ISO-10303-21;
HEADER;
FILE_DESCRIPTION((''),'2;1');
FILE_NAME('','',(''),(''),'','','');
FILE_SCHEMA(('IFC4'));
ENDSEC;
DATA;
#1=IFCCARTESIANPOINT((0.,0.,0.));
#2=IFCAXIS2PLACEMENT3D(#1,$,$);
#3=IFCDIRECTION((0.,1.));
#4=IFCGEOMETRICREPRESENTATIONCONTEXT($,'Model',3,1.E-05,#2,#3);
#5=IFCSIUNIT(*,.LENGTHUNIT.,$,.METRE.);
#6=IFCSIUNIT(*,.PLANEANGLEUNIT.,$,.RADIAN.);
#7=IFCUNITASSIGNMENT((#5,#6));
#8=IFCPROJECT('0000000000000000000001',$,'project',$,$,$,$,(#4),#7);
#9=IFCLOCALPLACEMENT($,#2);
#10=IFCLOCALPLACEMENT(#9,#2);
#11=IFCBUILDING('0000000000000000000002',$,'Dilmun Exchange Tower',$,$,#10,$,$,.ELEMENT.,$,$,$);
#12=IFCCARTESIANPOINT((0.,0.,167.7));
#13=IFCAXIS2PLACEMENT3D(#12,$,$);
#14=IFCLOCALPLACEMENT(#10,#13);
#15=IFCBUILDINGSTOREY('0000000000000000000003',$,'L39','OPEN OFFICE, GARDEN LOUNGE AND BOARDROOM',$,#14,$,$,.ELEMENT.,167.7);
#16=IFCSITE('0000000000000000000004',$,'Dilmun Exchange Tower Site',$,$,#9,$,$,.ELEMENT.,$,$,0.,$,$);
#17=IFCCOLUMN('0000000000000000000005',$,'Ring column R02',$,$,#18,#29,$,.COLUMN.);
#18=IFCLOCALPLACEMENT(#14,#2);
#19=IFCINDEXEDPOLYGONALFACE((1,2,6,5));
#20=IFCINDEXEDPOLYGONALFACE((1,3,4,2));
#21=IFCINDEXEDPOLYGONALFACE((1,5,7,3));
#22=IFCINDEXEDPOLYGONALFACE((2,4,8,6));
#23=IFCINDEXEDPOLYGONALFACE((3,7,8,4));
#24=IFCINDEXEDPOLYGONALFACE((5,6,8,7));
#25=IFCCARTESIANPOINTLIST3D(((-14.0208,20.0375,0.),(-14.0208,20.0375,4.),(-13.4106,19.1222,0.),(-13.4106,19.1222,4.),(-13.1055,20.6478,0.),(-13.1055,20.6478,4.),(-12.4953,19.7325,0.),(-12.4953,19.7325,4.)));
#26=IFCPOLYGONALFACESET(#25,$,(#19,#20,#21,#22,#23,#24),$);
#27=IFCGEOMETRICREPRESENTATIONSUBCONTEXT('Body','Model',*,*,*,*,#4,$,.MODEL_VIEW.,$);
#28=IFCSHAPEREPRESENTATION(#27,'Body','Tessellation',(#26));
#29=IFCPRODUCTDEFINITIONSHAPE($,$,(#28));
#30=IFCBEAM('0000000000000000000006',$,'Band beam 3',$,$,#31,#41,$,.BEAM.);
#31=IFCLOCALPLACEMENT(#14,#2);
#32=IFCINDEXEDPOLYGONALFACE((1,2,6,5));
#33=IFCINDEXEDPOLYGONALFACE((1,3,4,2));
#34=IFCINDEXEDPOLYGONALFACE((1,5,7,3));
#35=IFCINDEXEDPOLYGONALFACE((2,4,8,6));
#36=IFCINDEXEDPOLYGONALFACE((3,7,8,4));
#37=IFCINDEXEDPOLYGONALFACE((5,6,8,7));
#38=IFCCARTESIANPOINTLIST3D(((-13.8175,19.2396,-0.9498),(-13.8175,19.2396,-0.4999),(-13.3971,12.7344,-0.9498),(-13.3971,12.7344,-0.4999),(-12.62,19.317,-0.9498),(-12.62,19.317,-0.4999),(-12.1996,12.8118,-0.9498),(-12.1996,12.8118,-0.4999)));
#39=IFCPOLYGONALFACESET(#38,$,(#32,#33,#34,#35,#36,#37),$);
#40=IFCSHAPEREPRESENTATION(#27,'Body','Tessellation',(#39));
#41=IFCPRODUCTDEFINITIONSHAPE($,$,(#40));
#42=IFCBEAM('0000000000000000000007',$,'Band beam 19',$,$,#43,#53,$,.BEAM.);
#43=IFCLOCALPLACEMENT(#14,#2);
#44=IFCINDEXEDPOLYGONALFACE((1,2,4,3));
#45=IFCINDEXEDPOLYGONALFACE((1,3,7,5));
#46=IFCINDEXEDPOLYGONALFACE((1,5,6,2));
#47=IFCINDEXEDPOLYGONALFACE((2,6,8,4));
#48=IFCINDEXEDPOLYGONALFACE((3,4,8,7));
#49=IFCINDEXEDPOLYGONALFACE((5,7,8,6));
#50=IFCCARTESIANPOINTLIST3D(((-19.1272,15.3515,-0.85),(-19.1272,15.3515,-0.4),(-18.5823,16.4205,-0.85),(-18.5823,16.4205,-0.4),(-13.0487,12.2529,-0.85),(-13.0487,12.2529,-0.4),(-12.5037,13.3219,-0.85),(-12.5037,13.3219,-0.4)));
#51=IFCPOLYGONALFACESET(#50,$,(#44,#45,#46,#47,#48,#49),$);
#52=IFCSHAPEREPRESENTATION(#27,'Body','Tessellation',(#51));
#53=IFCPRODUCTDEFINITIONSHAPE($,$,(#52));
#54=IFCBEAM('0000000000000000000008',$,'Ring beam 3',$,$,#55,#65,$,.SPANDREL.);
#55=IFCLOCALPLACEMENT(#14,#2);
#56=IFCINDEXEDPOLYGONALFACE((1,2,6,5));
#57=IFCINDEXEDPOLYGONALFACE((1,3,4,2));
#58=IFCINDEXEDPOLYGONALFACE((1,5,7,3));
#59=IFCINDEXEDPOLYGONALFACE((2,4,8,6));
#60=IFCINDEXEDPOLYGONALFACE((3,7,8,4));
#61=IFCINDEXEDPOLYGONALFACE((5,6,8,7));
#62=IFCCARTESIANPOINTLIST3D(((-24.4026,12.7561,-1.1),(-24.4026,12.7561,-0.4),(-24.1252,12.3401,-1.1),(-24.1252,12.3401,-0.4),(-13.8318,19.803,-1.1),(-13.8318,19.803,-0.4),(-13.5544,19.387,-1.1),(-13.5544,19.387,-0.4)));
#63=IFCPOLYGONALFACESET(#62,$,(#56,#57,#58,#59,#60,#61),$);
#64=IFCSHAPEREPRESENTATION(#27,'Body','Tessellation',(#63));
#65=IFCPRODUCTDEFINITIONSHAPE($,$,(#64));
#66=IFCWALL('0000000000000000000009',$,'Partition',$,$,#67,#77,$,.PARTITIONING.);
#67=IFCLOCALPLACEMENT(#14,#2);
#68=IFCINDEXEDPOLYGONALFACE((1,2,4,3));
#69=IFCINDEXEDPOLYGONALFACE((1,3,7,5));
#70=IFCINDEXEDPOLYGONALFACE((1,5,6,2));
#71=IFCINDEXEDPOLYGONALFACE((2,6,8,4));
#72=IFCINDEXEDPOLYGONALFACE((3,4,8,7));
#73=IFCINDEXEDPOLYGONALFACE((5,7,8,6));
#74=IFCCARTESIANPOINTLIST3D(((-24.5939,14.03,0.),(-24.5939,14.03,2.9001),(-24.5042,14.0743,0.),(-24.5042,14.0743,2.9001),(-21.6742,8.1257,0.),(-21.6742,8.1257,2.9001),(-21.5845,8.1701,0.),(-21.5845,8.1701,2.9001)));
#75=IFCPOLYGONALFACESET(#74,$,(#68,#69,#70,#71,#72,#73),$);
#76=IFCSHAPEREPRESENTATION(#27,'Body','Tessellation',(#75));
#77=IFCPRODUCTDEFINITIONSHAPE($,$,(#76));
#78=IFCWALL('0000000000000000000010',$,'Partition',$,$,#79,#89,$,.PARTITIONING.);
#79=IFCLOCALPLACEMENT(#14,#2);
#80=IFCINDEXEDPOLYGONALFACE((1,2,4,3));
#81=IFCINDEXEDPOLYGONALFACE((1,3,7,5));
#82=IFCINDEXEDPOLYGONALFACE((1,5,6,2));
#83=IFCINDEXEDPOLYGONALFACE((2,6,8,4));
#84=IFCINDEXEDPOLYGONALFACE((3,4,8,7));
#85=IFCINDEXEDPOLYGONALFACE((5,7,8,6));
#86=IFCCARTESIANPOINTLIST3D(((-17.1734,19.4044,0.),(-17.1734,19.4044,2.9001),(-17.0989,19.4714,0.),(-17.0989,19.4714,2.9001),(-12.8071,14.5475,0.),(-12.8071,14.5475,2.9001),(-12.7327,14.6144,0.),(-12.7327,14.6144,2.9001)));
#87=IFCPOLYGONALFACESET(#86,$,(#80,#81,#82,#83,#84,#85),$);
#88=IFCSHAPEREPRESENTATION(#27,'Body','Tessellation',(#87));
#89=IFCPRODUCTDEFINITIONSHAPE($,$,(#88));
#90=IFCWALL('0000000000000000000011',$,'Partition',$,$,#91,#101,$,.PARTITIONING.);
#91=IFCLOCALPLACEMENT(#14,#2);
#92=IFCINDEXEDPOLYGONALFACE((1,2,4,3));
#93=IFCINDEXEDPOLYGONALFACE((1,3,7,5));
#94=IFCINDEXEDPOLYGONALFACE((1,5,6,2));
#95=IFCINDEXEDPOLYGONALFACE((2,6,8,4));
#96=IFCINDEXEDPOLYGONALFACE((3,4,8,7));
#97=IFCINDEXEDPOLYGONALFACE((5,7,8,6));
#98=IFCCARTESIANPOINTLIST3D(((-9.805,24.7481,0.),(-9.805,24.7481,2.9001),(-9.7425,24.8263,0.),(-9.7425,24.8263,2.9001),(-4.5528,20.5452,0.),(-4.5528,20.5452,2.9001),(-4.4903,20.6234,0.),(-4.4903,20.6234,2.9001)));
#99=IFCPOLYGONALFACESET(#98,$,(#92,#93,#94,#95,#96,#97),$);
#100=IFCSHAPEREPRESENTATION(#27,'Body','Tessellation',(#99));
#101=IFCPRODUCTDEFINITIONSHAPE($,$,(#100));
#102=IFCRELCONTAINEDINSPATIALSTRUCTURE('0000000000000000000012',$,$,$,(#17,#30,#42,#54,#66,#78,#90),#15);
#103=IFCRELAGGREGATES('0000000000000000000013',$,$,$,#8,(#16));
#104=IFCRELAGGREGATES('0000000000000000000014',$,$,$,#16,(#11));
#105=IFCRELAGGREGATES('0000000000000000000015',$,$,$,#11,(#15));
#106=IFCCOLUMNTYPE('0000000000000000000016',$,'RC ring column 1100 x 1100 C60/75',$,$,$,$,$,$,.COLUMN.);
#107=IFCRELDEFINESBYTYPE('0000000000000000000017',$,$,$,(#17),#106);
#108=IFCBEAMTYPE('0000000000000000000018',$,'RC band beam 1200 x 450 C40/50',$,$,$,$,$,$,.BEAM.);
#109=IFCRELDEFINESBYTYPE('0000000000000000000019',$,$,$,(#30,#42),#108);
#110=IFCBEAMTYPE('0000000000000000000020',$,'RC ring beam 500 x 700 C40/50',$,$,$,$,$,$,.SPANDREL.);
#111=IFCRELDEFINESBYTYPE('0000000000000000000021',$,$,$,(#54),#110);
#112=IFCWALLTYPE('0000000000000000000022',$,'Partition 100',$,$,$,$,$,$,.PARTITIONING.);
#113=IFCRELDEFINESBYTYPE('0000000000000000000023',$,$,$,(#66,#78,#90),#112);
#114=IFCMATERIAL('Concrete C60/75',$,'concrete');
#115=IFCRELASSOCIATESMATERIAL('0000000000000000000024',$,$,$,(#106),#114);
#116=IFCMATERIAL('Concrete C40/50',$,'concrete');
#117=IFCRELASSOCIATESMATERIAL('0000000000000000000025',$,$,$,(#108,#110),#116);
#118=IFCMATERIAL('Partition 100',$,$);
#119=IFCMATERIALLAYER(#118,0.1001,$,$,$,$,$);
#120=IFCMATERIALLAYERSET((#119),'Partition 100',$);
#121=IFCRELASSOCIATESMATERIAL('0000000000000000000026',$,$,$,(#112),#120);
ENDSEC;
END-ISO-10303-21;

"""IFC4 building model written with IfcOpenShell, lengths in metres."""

from ifc_helpers import new_model, si_unit, direction, frame, frame_2d, origin, origin_2d, place, context, subcontext, project, spatial, rectangle, extrude, material, layer, layer_set, material_profile, profile_set, type_object, element, save


model = new_model("IFC4")

# Units and contexts
model_context = context("Model", 3, precision=1e-05, world=origin(), true_north=direction((0.0, 1.0)))
body_context = subcontext(model_context, "Body", "Model", "MODEL_VIEW")
ifc_project = project(units=[si_unit("LENGTHUNIT", "METRE"), si_unit("PLANEANGLEUNIT", "RADIAN")], contexts=[model_context])

# Site, building, storey
site_placement = place(None, origin())
site = spatial("IfcSite", under=ifc_project, at=site_placement, Name="Dilmun Exchange Tower Site", CompositionType="ELEMENT", RefElevation=0.0)
building_placement = place(site_placement, origin())
building = spatial("IfcBuilding", under=site, at=building_placement, Name="Dilmun Exchange Tower", CompositionType="ELEMENT")
storey_placement = place(building_placement, frame((0.0, 0.0, 167.7)))
storey = spatial("IfcBuildingStorey", under=building, at=storey_placement, Name="L39", Description="OPEN OFFICE, GARDEN LOUNGE AND BOARDROOM", CompositionType="ELEMENT", Elevation=167.7)

# Column
ifc_material_1 = material(Name="Concrete C60/75", Category="concrete")
ifc_material_profile_1 = material_profile(ifc_material_1, rectangle(XDim=1.1001, YDim=1.1001, at=origin_2d()), Name="1100 x 1100")
ifc_profile_set_1 = profile_set([ifc_material_profile_1], Name="Concrete C60/75")
column_type = type_object("IfcColumnType", Name="RC ring column 1100 x 1100 C60/75", PredefinedType="COLUMN", material=ifc_profile_set_1)
column_placement = place(storey_placement, frame((-13.2581, 19.885, 0.0), z_axis=(0.0, 0.0, 1.0), x_axis=(0.832029, 0.554733, 0.0)))
element("IfcColumn", 1, at=column_placement, inside=storey, type_object=column_type, Name="Ring column R02", PredefinedType="COLUMN", context=body_context, shape_type="SweptSolid", body=[
    extrude(rectangle(XDim=1.1001, YDim=1.1001, at=origin_2d()), origin(), (0.0, 0.0, 1.0), 4.0),
])

# Beams
ifc_material_2 = material(Name="Concrete C40/50", Category="concrete")
ifc_material_profile_2 = material_profile(ifc_material_2, rectangle(XDim=1.2, YDim=0.45, at=origin_2d()), Name="1200 x 450")
ifc_profile_set_2 = profile_set([ifc_material_profile_2], Name="Concrete C40/50")
beam_type_1 = type_object("IfcBeamType", Name="RC band beam 1200 x 450 C40/50", PredefinedType="BEAM", material=ifc_profile_set_2)
beam_1_placement = place(storey_placement, frame((-13.2188, 19.2783, -0.7249), z_axis=(0.064493, -0.997918, 0.0), x_axis=(0.997918, 0.064493, 0.0)))
element("IfcBeam", 2, at=beam_1_placement, inside=storey, type_object=beam_type_1, Name="Band beam 3", PredefinedType="BEAM", context=body_context, shape_type="SweptSolid", body=[
    extrude(rectangle(XDim=1.2, YDim=0.45, at=origin_2d()), origin(), (0.0, 0.0, 1.0), 6.5188),
])
beam_2_placement = place(storey_placement, frame((-18.8547, 15.886, -0.625), z_axis=(0.890922, -0.454156, 0.0), x_axis=(0.454156, 0.890922, 0.0)))
element("IfcBeam", 3, at=beam_2_placement, inside=storey, type_object=beam_type_1, Name="Band beam 19", PredefinedType="BEAM", context=body_context, shape_type="SweptSolid", body=[
    extrude(rectangle(XDim=1.2, YDim=0.45, at=origin_2d()), origin(), (0.0, 0.0, 1.0), 6.8228),
])
ifc_material_profile_3 = material_profile(ifc_material_2, rectangle(XDim=0.5, YDim=0.7, at=origin_2d()), Name="500 x 700")
ifc_profile_set_3 = profile_set([ifc_material_profile_3], Name="Concrete C40/50")
beam_type_2 = type_object("IfcBeamType", Name="RC ring beam 500 x 700 C40/50", PredefinedType="SPANDREL", material=ifc_profile_set_3)
beam_3_placement = place(storey_placement, frame((-13.6931, 19.595, -0.75), z_axis=(-0.832062, -0.554682, 0.0), x_axis=(0.554682, -0.832062, 0.0)))
element("IfcBeam", 4, at=beam_3_placement, inside=storey, type_object=beam_type_2, Name="Ring beam 3", PredefinedType="SPANDREL", context=body_context, shape_type="SweptSolid", body=[
    extrude(rectangle(XDim=0.5, YDim=0.7, at=origin_2d()), origin(), (0.0, 0.0, 1.0), 12.7043),
])

# Walls
ifc_material_3 = material(Name="Partition 100")
ifc_layer_1 = layer(ifc_material_3, 0.1001)
ifc_layer_set_1 = layer_set([ifc_layer_1], Name="Partition 100")
wall_type_1 = type_object("IfcWallType", Name="Partition 100", PredefinedType="PARTITIONING", material=ifc_layer_set_1)
wall_1_placement = place(storey_placement, frame((-24.5491, 14.0522, 0.0), z_axis=(0.0, 0.0, 1.0), x_axis=(0.443265, -0.89639, 0.0)))
element("IfcWall", 5, at=wall_1_placement, inside=storey, type_object=wall_type_1, Name="Partition", PredefinedType="PARTITIONING", context=body_context, shape_type="SweptSolid", body=[
    extrude(rectangle(XDim=6.5867, YDim=0.1001, at=frame_2d((3.2935, 0.0))), origin(), (0.0, 0.0, 1.0), 2.9001),
])
wall_2_placement = place(storey_placement, frame((-17.1362, 19.438, 0.0), z_axis=(0.0, 0.0, 1.0), x_axis=(0.668539, -0.743677, 0.0)))
element("IfcWall", 6, at=wall_2_placement, inside=storey, type_object=wall_type_1, Name="Partition", PredefinedType="PARTITIONING", context=body_context, shape_type="SweptSolid", body=[
    extrude(rectangle(XDim=6.531, YDim=0.1001, at=frame_2d((3.2656, 0.0))), origin(), (0.0, 0.0, 1.0), 2.9001),
])
wall_3_placement = place(storey_placement, frame((-9.7737, 24.7871, 0.0), z_axis=(0.0, 0.0, 1.0), x_axis=(0.780787, -0.624797, 0.0)))
element("IfcWall", 7, at=wall_3_placement, inside=storey, type_object=wall_type_1, Name="Partition", PredefinedType="PARTITIONING", context=body_context, shape_type="SweptSolid", body=[
    extrude(rectangle(XDim=6.7268, YDim=0.1001, at=frame_2d((3.3633, 0.0))), origin(), (0.0, 0.0, 1.0), 2.9001),
])

save(model, "model.ifc")
